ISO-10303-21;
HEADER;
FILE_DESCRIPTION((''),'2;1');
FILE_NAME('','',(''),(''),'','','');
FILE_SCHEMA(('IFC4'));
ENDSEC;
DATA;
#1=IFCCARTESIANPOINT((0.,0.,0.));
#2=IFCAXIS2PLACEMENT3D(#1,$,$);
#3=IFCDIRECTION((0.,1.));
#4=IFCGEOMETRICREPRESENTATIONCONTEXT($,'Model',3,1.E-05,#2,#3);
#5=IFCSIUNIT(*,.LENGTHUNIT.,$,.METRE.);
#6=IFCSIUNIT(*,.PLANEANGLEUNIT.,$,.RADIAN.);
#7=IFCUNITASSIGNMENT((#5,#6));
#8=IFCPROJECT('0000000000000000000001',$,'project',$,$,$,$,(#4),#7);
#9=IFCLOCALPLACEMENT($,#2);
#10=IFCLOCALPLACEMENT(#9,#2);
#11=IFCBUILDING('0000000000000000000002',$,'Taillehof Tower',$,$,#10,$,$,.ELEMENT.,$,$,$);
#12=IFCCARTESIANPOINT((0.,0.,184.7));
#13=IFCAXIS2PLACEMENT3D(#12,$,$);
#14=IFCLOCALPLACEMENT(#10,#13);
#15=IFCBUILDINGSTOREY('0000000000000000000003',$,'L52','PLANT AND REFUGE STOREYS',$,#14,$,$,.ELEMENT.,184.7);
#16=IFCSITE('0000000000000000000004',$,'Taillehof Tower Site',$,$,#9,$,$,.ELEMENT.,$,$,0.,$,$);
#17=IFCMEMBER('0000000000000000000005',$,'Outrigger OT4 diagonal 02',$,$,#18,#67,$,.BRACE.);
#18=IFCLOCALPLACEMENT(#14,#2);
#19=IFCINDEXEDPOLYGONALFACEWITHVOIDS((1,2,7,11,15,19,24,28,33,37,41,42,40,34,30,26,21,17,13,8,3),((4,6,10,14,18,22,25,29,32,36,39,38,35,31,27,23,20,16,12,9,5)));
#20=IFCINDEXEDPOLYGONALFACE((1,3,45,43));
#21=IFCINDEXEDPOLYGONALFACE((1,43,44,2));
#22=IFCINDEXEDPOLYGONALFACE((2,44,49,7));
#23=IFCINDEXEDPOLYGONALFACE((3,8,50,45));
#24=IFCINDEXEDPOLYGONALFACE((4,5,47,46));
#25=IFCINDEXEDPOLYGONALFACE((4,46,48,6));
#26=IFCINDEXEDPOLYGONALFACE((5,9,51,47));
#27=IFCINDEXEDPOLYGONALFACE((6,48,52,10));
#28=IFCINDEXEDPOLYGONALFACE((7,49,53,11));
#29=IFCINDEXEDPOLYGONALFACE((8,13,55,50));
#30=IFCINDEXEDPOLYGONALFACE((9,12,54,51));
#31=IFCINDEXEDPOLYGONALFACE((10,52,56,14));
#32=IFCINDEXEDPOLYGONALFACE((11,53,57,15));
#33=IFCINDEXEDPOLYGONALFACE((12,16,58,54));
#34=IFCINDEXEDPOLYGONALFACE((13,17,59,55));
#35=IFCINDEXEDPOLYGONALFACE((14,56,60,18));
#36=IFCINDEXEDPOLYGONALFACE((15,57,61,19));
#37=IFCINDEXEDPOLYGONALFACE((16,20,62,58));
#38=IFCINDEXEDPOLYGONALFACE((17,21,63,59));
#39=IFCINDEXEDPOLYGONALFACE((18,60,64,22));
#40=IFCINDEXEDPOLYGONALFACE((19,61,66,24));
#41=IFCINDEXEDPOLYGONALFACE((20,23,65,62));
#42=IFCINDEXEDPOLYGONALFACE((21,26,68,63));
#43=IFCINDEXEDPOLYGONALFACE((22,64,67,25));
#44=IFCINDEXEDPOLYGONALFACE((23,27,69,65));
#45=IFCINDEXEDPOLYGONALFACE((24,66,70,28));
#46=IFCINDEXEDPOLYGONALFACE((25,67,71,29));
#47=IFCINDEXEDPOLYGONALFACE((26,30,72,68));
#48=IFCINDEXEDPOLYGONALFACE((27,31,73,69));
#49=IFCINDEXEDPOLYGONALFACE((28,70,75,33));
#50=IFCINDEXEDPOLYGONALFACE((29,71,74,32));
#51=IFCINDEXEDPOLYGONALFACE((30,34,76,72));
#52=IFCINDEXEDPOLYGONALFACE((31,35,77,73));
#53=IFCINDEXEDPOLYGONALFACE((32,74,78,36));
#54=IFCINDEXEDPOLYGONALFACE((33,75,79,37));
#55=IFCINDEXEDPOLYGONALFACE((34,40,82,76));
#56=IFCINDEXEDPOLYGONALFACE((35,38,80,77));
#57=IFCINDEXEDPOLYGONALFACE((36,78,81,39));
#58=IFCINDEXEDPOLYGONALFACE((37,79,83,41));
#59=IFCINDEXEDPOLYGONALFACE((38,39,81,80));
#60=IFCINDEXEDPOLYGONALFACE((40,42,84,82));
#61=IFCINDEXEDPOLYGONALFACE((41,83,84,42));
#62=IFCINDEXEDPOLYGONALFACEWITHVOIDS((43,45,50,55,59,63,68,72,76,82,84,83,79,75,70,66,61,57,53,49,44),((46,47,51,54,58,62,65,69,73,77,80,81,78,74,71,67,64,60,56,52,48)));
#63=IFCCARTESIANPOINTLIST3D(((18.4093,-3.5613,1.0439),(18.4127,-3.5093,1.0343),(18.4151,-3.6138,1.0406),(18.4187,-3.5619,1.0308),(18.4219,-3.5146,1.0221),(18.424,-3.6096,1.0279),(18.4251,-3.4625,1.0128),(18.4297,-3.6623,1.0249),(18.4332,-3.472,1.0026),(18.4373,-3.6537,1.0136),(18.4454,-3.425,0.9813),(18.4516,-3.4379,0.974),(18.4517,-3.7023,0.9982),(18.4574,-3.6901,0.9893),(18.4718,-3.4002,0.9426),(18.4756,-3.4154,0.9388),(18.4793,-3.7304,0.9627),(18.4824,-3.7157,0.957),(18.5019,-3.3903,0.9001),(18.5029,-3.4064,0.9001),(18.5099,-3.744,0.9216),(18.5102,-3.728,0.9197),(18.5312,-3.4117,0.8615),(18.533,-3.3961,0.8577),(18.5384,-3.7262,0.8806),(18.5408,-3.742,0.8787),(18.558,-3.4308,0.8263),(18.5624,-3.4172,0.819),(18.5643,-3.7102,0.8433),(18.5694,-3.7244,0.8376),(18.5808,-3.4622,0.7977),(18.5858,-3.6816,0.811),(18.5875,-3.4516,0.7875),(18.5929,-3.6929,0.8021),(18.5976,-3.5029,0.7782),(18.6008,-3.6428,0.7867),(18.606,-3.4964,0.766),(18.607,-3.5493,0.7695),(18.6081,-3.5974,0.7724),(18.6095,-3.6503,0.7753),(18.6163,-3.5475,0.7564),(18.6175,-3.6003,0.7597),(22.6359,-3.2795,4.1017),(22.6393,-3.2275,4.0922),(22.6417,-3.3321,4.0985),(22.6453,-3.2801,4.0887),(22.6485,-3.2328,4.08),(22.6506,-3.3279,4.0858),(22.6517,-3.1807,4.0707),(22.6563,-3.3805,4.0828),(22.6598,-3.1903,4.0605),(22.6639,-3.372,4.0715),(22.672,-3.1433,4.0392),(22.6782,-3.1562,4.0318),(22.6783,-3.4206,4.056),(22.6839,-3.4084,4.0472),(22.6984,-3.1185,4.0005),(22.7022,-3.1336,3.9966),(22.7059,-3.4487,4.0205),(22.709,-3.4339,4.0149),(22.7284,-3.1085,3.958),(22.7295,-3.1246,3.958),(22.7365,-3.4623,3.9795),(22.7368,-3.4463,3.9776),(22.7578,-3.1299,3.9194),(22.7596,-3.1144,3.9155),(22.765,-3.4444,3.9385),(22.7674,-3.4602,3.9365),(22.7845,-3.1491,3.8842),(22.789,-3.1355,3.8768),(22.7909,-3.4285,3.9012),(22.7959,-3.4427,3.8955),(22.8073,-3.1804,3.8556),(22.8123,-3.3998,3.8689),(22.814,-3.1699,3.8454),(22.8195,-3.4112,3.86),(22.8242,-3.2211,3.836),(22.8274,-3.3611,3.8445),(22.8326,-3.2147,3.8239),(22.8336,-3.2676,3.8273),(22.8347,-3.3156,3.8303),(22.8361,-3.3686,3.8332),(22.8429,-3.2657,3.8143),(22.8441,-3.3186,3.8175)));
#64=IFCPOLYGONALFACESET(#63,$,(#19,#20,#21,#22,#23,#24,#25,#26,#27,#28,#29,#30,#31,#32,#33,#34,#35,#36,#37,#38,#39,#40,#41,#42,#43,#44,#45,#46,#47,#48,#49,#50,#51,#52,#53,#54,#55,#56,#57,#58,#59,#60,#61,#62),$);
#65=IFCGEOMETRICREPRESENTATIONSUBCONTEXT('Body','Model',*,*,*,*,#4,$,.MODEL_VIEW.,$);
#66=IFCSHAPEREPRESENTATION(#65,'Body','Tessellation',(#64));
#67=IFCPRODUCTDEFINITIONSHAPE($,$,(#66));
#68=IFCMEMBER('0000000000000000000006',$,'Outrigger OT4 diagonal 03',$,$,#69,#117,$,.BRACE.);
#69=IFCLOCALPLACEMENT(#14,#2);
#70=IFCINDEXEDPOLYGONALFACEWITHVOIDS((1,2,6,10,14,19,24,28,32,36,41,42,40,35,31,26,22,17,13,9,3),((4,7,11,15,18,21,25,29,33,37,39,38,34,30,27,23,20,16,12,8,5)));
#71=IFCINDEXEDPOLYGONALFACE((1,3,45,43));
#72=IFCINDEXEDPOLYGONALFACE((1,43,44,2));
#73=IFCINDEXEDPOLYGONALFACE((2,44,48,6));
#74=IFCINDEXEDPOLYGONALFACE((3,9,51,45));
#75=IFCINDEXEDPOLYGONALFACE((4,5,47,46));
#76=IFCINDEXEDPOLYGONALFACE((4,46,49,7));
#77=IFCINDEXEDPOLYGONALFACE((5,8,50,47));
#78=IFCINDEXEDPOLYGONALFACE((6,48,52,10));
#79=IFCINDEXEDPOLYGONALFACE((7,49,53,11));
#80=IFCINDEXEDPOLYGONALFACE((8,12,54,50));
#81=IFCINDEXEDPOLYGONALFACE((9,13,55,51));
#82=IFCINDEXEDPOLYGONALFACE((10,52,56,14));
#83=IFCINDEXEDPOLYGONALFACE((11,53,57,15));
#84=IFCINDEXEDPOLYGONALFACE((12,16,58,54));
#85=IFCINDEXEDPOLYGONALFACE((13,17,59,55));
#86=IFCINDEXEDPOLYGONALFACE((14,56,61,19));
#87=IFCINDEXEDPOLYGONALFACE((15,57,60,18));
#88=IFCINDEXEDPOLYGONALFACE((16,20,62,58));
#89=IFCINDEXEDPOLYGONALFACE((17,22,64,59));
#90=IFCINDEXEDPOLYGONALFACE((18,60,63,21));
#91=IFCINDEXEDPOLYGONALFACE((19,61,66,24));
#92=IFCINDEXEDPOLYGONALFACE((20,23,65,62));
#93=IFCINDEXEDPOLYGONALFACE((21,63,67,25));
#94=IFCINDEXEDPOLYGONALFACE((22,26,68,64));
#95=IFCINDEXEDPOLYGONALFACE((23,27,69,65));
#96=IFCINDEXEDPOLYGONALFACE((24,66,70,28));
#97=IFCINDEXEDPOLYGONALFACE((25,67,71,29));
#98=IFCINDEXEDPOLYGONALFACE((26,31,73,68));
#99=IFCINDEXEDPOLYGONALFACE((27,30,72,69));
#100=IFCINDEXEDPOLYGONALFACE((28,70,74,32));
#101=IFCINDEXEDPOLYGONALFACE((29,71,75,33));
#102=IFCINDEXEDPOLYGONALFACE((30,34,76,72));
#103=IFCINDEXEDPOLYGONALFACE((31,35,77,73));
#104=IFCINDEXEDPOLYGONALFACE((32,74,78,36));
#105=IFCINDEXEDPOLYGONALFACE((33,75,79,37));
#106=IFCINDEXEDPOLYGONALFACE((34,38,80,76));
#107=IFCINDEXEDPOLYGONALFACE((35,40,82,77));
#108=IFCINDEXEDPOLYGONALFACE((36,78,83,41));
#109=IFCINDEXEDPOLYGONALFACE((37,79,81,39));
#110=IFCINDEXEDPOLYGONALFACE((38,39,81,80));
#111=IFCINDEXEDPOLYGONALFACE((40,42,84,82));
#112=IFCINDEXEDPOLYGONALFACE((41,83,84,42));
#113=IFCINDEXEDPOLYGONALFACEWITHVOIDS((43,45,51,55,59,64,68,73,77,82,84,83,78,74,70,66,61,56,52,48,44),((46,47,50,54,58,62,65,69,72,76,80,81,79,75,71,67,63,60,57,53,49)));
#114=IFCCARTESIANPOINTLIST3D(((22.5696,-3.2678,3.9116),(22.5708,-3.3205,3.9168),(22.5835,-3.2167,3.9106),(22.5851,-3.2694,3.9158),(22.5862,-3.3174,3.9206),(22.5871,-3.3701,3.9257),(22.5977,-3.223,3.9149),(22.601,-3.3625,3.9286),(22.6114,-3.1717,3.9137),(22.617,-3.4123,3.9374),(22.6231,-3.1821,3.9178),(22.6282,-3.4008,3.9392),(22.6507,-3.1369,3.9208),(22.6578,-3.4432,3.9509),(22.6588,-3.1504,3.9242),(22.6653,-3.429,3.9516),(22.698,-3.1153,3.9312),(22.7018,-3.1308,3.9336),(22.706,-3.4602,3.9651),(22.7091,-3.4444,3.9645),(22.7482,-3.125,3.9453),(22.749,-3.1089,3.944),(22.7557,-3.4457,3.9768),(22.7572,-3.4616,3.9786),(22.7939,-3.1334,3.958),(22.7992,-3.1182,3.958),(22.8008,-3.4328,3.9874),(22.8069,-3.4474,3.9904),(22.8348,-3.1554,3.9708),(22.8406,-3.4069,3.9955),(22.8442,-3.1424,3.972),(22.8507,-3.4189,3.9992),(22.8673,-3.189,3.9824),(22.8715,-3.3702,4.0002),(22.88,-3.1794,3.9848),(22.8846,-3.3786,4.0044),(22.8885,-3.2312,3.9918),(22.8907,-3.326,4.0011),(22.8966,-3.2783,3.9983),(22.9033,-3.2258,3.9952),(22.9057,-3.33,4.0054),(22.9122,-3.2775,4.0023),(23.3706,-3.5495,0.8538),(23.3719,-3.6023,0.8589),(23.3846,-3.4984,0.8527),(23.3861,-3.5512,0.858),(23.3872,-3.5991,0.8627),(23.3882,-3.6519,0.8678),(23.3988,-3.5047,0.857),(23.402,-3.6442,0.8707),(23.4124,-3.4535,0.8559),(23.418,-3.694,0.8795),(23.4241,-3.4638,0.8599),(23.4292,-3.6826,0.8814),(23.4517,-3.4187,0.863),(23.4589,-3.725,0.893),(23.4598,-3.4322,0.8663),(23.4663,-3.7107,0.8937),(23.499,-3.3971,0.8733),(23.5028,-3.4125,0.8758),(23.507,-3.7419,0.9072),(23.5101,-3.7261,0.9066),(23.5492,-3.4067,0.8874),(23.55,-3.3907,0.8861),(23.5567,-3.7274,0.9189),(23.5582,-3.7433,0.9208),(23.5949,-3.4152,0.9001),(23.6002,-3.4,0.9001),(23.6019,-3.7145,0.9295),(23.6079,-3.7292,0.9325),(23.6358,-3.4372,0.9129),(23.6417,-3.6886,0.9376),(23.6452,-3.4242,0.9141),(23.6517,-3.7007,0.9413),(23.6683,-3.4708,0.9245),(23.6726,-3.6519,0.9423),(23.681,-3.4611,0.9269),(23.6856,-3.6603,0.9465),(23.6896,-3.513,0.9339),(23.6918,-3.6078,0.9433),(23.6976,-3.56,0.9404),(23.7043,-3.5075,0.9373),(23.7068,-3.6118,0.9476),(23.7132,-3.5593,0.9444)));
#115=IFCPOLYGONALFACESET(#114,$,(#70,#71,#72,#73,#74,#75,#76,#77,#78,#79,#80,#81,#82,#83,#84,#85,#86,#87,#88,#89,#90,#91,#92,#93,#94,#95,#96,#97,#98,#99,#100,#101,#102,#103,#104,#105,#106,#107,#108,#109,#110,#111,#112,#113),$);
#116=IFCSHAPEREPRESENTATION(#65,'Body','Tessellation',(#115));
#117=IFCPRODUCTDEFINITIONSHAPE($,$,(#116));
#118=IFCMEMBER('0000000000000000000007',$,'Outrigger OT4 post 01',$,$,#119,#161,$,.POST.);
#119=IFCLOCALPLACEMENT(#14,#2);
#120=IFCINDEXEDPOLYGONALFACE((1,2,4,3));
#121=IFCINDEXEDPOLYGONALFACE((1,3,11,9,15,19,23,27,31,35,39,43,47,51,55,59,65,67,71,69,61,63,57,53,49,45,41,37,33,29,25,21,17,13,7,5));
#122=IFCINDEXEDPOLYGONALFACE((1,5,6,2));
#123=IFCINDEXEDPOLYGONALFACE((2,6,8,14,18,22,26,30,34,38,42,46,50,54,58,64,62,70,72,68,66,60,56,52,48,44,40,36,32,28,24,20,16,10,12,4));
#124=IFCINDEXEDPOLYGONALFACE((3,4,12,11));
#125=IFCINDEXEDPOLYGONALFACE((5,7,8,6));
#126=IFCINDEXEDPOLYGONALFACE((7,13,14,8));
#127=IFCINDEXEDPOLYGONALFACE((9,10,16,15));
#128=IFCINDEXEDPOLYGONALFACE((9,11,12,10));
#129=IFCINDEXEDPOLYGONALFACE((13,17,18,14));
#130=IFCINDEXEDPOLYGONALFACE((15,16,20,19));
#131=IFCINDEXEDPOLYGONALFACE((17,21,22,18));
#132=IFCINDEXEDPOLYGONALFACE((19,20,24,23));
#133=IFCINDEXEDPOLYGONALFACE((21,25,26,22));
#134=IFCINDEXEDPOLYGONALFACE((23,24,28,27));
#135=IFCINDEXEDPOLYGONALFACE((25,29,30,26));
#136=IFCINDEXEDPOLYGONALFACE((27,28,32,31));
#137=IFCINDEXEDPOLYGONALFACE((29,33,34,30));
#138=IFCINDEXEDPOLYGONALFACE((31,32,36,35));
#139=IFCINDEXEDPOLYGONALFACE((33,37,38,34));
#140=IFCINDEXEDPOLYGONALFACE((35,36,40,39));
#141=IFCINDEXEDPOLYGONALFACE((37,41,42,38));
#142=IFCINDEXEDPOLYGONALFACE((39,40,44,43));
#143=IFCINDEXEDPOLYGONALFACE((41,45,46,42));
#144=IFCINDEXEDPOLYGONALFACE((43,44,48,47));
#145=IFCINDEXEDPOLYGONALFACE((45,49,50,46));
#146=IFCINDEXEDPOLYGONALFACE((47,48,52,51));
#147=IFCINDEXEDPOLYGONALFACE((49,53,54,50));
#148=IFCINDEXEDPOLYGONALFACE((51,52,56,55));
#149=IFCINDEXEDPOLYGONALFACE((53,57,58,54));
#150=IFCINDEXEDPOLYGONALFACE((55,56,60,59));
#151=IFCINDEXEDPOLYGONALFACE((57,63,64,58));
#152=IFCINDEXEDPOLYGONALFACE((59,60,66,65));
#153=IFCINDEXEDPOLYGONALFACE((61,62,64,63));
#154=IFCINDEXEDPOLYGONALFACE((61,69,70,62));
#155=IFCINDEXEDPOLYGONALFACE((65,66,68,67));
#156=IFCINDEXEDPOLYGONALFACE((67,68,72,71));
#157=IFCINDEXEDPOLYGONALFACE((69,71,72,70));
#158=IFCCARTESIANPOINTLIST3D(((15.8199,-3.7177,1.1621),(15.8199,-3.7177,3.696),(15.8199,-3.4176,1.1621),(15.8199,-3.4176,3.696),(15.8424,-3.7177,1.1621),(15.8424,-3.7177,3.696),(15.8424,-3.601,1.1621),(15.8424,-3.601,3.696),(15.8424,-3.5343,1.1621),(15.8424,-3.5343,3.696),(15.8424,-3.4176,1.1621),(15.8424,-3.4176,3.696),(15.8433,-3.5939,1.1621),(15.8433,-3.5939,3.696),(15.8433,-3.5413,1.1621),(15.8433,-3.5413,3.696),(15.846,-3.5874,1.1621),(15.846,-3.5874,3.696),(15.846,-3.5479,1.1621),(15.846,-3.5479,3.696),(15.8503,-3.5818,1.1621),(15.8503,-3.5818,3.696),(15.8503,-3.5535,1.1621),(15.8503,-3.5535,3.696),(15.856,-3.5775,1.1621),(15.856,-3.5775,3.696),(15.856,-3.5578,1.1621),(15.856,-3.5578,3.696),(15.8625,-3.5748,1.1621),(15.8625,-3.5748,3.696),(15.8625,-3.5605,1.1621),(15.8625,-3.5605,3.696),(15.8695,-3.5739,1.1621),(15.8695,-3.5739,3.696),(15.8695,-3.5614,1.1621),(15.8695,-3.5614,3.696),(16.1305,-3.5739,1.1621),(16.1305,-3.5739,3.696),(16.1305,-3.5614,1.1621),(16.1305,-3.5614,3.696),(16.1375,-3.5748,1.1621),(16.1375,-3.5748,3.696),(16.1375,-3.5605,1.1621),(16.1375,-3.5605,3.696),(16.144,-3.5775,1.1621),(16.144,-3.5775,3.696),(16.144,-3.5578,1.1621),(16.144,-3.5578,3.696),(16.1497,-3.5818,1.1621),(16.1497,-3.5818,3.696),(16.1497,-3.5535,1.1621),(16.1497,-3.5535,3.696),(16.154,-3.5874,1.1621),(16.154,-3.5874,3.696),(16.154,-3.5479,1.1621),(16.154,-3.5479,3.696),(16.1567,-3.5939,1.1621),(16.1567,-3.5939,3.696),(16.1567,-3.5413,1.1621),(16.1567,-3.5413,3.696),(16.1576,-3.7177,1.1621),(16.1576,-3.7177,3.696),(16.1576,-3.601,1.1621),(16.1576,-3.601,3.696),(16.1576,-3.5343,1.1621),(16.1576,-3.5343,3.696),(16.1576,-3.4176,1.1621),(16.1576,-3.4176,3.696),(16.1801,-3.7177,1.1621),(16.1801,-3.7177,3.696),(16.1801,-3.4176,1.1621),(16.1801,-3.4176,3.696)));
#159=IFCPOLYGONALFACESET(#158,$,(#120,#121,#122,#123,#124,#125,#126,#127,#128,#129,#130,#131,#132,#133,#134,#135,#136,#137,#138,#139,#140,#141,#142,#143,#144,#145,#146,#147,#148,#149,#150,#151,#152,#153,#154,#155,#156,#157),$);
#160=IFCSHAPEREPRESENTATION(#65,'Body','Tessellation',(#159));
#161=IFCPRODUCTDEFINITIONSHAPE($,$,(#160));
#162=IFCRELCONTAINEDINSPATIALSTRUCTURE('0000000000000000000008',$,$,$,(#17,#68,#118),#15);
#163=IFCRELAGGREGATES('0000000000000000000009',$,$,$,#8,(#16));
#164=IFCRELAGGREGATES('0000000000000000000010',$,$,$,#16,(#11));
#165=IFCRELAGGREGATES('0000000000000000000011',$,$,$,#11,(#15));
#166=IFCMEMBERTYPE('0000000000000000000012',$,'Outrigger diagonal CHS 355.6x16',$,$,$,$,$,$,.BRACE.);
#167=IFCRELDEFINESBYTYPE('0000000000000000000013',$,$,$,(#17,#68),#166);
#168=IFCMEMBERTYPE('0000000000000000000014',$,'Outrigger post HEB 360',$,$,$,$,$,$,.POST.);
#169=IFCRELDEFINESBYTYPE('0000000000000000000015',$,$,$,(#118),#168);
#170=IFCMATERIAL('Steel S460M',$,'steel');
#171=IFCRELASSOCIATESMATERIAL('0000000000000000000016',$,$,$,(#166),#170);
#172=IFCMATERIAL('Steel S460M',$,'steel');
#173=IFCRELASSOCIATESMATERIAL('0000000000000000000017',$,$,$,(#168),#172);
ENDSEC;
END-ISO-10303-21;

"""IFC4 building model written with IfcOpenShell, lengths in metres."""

from ifc_helpers import new_model, si_unit, direction, frame, origin, origin_2d, place, context, subcontext, project, spatial, hollow_circle, i_section, extrude, material, material_profile, profile_set, type_object, element, save


model = new_model("IFC4")

# Units and contexts
model_context = context("Model", 3, precision=1e-05, world=origin(), true_north=direction((0.0, 1.0)))
body_context = subcontext(model_context, "Body", "Model", "MODEL_VIEW")
ifc_project = project(units=[si_unit("LENGTHUNIT", "METRE"), si_unit("PLANEANGLEUNIT", "RADIAN")], contexts=[model_context])

# Site, building, storey
site_placement = place(None, origin())
site = spatial("IfcSite", under=ifc_project, at=site_placement, Name="Taillehof Tower Site", CompositionType="ELEMENT", RefElevation=0.0)
building_placement = place(site_placement, origin())
building = spatial("IfcBuilding", under=site, at=building_placement, Name="Taillehof Tower", CompositionType="ELEMENT")
storey_placement = place(building_placement, frame((0.0, 0.0, 184.7)))
storey = spatial("IfcBuildingStorey", under=building, at=storey_placement, Name="L52", Description="PLANT AND REFUGE STOREYS", CompositionType="ELEMENT", Elevation=184.7)

# Members
ifc_material_1 = material(Name="Steel S460M", Category="steel")
ifc_material_profile_1 = material_profile(ifc_material_1, hollow_circle(Radius=0.1777, WallThickness=0.0161, at=origin_2d()), Name="CHS 355.6x16")
ifc_profile_set_1 = profile_set([ifc_material_profile_1], Name="Steel S460M")
member_type_1 = type_object("IfcMemberType", Name="Outrigger diagonal CHS 355.6x16", PredefinedType="BRACE", material=ifc_profile_set_1)
member_1_placement = place(storey_placement, frame((18.5137, -3.5676, 0.9001), z_axis=(0.809014, 0.053928, 0.585311), x_axis=(-0.066511, 0.997786, 0.0)))
element("IfcMember", 1, at=member_1_placement, inside=storey, type_object=member_type_1, Name="Outrigger OT4 diagonal 02", PredefinedType="BRACE", context=body_context, shape_type="SweptSolid", body=[
    extrude(hollow_circle(Radius=0.1777, WallThickness=0.0161, at=origin_2d()), origin(), (0.0, 0.0, 1.0), 5.2244),
])
member_2_placement = place(storey_placement, frame((22.7402, -3.2859, 3.958), z_axis=(0.252405, -0.088777, -0.963541), x_axis=(0.331797, 0.943351, 0.0)))
element("IfcMember", 2, at=member_2_placement, inside=storey, type_object=member_type_1, Name="Outrigger OT4 diagonal 03", PredefinedType="BRACE", context=body_context, shape_type="SweptSolid", body=[
    extrude(hollow_circle(Radius=0.1777, WallThickness=0.0161, at=origin_2d()), origin(), (0.0, 0.0, 1.0), 3.1736),
])
ifc_material_2 = material(Name="Steel S460M", Category="steel")
ifc_material_profile_2 = material_profile(ifc_material_2, i_section(OverallWidth=0.3, OverallDepth=0.3601, WebThickness=0.0125, FlangeThickness=0.0225, FilletRadius=0.0271, at=origin_2d()), Name="HEB 360")
ifc_profile_set_2 = profile_set([ifc_material_profile_2], Name="Steel S460M")
member_type_2 = type_object("IfcMemberType", Name="Outrigger post HEB 360", PredefinedType="POST", material=ifc_profile_set_2)
member_3_placement = place(storey_placement, frame((16.0, -3.5676, 1.1621), z_axis=(0.0, 0.0, 1.0), x_axis=(0.0, -1.0, 0.0)))
element("IfcMember", 3, at=member_3_placement, inside=storey, type_object=member_type_2, Name="Outrigger OT4 post 01", PredefinedType="POST", context=body_context, shape_type="SweptSolid", body=[
    extrude(i_section(OverallWidth=0.3, OverallDepth=0.3601, WebThickness=0.0125, FlangeThickness=0.0225, FilletRadius=0.0271, at=origin_2d()), origin(), (0.0, 0.0, 1.0), 2.5339),
])

save(model, "model.ifc")
